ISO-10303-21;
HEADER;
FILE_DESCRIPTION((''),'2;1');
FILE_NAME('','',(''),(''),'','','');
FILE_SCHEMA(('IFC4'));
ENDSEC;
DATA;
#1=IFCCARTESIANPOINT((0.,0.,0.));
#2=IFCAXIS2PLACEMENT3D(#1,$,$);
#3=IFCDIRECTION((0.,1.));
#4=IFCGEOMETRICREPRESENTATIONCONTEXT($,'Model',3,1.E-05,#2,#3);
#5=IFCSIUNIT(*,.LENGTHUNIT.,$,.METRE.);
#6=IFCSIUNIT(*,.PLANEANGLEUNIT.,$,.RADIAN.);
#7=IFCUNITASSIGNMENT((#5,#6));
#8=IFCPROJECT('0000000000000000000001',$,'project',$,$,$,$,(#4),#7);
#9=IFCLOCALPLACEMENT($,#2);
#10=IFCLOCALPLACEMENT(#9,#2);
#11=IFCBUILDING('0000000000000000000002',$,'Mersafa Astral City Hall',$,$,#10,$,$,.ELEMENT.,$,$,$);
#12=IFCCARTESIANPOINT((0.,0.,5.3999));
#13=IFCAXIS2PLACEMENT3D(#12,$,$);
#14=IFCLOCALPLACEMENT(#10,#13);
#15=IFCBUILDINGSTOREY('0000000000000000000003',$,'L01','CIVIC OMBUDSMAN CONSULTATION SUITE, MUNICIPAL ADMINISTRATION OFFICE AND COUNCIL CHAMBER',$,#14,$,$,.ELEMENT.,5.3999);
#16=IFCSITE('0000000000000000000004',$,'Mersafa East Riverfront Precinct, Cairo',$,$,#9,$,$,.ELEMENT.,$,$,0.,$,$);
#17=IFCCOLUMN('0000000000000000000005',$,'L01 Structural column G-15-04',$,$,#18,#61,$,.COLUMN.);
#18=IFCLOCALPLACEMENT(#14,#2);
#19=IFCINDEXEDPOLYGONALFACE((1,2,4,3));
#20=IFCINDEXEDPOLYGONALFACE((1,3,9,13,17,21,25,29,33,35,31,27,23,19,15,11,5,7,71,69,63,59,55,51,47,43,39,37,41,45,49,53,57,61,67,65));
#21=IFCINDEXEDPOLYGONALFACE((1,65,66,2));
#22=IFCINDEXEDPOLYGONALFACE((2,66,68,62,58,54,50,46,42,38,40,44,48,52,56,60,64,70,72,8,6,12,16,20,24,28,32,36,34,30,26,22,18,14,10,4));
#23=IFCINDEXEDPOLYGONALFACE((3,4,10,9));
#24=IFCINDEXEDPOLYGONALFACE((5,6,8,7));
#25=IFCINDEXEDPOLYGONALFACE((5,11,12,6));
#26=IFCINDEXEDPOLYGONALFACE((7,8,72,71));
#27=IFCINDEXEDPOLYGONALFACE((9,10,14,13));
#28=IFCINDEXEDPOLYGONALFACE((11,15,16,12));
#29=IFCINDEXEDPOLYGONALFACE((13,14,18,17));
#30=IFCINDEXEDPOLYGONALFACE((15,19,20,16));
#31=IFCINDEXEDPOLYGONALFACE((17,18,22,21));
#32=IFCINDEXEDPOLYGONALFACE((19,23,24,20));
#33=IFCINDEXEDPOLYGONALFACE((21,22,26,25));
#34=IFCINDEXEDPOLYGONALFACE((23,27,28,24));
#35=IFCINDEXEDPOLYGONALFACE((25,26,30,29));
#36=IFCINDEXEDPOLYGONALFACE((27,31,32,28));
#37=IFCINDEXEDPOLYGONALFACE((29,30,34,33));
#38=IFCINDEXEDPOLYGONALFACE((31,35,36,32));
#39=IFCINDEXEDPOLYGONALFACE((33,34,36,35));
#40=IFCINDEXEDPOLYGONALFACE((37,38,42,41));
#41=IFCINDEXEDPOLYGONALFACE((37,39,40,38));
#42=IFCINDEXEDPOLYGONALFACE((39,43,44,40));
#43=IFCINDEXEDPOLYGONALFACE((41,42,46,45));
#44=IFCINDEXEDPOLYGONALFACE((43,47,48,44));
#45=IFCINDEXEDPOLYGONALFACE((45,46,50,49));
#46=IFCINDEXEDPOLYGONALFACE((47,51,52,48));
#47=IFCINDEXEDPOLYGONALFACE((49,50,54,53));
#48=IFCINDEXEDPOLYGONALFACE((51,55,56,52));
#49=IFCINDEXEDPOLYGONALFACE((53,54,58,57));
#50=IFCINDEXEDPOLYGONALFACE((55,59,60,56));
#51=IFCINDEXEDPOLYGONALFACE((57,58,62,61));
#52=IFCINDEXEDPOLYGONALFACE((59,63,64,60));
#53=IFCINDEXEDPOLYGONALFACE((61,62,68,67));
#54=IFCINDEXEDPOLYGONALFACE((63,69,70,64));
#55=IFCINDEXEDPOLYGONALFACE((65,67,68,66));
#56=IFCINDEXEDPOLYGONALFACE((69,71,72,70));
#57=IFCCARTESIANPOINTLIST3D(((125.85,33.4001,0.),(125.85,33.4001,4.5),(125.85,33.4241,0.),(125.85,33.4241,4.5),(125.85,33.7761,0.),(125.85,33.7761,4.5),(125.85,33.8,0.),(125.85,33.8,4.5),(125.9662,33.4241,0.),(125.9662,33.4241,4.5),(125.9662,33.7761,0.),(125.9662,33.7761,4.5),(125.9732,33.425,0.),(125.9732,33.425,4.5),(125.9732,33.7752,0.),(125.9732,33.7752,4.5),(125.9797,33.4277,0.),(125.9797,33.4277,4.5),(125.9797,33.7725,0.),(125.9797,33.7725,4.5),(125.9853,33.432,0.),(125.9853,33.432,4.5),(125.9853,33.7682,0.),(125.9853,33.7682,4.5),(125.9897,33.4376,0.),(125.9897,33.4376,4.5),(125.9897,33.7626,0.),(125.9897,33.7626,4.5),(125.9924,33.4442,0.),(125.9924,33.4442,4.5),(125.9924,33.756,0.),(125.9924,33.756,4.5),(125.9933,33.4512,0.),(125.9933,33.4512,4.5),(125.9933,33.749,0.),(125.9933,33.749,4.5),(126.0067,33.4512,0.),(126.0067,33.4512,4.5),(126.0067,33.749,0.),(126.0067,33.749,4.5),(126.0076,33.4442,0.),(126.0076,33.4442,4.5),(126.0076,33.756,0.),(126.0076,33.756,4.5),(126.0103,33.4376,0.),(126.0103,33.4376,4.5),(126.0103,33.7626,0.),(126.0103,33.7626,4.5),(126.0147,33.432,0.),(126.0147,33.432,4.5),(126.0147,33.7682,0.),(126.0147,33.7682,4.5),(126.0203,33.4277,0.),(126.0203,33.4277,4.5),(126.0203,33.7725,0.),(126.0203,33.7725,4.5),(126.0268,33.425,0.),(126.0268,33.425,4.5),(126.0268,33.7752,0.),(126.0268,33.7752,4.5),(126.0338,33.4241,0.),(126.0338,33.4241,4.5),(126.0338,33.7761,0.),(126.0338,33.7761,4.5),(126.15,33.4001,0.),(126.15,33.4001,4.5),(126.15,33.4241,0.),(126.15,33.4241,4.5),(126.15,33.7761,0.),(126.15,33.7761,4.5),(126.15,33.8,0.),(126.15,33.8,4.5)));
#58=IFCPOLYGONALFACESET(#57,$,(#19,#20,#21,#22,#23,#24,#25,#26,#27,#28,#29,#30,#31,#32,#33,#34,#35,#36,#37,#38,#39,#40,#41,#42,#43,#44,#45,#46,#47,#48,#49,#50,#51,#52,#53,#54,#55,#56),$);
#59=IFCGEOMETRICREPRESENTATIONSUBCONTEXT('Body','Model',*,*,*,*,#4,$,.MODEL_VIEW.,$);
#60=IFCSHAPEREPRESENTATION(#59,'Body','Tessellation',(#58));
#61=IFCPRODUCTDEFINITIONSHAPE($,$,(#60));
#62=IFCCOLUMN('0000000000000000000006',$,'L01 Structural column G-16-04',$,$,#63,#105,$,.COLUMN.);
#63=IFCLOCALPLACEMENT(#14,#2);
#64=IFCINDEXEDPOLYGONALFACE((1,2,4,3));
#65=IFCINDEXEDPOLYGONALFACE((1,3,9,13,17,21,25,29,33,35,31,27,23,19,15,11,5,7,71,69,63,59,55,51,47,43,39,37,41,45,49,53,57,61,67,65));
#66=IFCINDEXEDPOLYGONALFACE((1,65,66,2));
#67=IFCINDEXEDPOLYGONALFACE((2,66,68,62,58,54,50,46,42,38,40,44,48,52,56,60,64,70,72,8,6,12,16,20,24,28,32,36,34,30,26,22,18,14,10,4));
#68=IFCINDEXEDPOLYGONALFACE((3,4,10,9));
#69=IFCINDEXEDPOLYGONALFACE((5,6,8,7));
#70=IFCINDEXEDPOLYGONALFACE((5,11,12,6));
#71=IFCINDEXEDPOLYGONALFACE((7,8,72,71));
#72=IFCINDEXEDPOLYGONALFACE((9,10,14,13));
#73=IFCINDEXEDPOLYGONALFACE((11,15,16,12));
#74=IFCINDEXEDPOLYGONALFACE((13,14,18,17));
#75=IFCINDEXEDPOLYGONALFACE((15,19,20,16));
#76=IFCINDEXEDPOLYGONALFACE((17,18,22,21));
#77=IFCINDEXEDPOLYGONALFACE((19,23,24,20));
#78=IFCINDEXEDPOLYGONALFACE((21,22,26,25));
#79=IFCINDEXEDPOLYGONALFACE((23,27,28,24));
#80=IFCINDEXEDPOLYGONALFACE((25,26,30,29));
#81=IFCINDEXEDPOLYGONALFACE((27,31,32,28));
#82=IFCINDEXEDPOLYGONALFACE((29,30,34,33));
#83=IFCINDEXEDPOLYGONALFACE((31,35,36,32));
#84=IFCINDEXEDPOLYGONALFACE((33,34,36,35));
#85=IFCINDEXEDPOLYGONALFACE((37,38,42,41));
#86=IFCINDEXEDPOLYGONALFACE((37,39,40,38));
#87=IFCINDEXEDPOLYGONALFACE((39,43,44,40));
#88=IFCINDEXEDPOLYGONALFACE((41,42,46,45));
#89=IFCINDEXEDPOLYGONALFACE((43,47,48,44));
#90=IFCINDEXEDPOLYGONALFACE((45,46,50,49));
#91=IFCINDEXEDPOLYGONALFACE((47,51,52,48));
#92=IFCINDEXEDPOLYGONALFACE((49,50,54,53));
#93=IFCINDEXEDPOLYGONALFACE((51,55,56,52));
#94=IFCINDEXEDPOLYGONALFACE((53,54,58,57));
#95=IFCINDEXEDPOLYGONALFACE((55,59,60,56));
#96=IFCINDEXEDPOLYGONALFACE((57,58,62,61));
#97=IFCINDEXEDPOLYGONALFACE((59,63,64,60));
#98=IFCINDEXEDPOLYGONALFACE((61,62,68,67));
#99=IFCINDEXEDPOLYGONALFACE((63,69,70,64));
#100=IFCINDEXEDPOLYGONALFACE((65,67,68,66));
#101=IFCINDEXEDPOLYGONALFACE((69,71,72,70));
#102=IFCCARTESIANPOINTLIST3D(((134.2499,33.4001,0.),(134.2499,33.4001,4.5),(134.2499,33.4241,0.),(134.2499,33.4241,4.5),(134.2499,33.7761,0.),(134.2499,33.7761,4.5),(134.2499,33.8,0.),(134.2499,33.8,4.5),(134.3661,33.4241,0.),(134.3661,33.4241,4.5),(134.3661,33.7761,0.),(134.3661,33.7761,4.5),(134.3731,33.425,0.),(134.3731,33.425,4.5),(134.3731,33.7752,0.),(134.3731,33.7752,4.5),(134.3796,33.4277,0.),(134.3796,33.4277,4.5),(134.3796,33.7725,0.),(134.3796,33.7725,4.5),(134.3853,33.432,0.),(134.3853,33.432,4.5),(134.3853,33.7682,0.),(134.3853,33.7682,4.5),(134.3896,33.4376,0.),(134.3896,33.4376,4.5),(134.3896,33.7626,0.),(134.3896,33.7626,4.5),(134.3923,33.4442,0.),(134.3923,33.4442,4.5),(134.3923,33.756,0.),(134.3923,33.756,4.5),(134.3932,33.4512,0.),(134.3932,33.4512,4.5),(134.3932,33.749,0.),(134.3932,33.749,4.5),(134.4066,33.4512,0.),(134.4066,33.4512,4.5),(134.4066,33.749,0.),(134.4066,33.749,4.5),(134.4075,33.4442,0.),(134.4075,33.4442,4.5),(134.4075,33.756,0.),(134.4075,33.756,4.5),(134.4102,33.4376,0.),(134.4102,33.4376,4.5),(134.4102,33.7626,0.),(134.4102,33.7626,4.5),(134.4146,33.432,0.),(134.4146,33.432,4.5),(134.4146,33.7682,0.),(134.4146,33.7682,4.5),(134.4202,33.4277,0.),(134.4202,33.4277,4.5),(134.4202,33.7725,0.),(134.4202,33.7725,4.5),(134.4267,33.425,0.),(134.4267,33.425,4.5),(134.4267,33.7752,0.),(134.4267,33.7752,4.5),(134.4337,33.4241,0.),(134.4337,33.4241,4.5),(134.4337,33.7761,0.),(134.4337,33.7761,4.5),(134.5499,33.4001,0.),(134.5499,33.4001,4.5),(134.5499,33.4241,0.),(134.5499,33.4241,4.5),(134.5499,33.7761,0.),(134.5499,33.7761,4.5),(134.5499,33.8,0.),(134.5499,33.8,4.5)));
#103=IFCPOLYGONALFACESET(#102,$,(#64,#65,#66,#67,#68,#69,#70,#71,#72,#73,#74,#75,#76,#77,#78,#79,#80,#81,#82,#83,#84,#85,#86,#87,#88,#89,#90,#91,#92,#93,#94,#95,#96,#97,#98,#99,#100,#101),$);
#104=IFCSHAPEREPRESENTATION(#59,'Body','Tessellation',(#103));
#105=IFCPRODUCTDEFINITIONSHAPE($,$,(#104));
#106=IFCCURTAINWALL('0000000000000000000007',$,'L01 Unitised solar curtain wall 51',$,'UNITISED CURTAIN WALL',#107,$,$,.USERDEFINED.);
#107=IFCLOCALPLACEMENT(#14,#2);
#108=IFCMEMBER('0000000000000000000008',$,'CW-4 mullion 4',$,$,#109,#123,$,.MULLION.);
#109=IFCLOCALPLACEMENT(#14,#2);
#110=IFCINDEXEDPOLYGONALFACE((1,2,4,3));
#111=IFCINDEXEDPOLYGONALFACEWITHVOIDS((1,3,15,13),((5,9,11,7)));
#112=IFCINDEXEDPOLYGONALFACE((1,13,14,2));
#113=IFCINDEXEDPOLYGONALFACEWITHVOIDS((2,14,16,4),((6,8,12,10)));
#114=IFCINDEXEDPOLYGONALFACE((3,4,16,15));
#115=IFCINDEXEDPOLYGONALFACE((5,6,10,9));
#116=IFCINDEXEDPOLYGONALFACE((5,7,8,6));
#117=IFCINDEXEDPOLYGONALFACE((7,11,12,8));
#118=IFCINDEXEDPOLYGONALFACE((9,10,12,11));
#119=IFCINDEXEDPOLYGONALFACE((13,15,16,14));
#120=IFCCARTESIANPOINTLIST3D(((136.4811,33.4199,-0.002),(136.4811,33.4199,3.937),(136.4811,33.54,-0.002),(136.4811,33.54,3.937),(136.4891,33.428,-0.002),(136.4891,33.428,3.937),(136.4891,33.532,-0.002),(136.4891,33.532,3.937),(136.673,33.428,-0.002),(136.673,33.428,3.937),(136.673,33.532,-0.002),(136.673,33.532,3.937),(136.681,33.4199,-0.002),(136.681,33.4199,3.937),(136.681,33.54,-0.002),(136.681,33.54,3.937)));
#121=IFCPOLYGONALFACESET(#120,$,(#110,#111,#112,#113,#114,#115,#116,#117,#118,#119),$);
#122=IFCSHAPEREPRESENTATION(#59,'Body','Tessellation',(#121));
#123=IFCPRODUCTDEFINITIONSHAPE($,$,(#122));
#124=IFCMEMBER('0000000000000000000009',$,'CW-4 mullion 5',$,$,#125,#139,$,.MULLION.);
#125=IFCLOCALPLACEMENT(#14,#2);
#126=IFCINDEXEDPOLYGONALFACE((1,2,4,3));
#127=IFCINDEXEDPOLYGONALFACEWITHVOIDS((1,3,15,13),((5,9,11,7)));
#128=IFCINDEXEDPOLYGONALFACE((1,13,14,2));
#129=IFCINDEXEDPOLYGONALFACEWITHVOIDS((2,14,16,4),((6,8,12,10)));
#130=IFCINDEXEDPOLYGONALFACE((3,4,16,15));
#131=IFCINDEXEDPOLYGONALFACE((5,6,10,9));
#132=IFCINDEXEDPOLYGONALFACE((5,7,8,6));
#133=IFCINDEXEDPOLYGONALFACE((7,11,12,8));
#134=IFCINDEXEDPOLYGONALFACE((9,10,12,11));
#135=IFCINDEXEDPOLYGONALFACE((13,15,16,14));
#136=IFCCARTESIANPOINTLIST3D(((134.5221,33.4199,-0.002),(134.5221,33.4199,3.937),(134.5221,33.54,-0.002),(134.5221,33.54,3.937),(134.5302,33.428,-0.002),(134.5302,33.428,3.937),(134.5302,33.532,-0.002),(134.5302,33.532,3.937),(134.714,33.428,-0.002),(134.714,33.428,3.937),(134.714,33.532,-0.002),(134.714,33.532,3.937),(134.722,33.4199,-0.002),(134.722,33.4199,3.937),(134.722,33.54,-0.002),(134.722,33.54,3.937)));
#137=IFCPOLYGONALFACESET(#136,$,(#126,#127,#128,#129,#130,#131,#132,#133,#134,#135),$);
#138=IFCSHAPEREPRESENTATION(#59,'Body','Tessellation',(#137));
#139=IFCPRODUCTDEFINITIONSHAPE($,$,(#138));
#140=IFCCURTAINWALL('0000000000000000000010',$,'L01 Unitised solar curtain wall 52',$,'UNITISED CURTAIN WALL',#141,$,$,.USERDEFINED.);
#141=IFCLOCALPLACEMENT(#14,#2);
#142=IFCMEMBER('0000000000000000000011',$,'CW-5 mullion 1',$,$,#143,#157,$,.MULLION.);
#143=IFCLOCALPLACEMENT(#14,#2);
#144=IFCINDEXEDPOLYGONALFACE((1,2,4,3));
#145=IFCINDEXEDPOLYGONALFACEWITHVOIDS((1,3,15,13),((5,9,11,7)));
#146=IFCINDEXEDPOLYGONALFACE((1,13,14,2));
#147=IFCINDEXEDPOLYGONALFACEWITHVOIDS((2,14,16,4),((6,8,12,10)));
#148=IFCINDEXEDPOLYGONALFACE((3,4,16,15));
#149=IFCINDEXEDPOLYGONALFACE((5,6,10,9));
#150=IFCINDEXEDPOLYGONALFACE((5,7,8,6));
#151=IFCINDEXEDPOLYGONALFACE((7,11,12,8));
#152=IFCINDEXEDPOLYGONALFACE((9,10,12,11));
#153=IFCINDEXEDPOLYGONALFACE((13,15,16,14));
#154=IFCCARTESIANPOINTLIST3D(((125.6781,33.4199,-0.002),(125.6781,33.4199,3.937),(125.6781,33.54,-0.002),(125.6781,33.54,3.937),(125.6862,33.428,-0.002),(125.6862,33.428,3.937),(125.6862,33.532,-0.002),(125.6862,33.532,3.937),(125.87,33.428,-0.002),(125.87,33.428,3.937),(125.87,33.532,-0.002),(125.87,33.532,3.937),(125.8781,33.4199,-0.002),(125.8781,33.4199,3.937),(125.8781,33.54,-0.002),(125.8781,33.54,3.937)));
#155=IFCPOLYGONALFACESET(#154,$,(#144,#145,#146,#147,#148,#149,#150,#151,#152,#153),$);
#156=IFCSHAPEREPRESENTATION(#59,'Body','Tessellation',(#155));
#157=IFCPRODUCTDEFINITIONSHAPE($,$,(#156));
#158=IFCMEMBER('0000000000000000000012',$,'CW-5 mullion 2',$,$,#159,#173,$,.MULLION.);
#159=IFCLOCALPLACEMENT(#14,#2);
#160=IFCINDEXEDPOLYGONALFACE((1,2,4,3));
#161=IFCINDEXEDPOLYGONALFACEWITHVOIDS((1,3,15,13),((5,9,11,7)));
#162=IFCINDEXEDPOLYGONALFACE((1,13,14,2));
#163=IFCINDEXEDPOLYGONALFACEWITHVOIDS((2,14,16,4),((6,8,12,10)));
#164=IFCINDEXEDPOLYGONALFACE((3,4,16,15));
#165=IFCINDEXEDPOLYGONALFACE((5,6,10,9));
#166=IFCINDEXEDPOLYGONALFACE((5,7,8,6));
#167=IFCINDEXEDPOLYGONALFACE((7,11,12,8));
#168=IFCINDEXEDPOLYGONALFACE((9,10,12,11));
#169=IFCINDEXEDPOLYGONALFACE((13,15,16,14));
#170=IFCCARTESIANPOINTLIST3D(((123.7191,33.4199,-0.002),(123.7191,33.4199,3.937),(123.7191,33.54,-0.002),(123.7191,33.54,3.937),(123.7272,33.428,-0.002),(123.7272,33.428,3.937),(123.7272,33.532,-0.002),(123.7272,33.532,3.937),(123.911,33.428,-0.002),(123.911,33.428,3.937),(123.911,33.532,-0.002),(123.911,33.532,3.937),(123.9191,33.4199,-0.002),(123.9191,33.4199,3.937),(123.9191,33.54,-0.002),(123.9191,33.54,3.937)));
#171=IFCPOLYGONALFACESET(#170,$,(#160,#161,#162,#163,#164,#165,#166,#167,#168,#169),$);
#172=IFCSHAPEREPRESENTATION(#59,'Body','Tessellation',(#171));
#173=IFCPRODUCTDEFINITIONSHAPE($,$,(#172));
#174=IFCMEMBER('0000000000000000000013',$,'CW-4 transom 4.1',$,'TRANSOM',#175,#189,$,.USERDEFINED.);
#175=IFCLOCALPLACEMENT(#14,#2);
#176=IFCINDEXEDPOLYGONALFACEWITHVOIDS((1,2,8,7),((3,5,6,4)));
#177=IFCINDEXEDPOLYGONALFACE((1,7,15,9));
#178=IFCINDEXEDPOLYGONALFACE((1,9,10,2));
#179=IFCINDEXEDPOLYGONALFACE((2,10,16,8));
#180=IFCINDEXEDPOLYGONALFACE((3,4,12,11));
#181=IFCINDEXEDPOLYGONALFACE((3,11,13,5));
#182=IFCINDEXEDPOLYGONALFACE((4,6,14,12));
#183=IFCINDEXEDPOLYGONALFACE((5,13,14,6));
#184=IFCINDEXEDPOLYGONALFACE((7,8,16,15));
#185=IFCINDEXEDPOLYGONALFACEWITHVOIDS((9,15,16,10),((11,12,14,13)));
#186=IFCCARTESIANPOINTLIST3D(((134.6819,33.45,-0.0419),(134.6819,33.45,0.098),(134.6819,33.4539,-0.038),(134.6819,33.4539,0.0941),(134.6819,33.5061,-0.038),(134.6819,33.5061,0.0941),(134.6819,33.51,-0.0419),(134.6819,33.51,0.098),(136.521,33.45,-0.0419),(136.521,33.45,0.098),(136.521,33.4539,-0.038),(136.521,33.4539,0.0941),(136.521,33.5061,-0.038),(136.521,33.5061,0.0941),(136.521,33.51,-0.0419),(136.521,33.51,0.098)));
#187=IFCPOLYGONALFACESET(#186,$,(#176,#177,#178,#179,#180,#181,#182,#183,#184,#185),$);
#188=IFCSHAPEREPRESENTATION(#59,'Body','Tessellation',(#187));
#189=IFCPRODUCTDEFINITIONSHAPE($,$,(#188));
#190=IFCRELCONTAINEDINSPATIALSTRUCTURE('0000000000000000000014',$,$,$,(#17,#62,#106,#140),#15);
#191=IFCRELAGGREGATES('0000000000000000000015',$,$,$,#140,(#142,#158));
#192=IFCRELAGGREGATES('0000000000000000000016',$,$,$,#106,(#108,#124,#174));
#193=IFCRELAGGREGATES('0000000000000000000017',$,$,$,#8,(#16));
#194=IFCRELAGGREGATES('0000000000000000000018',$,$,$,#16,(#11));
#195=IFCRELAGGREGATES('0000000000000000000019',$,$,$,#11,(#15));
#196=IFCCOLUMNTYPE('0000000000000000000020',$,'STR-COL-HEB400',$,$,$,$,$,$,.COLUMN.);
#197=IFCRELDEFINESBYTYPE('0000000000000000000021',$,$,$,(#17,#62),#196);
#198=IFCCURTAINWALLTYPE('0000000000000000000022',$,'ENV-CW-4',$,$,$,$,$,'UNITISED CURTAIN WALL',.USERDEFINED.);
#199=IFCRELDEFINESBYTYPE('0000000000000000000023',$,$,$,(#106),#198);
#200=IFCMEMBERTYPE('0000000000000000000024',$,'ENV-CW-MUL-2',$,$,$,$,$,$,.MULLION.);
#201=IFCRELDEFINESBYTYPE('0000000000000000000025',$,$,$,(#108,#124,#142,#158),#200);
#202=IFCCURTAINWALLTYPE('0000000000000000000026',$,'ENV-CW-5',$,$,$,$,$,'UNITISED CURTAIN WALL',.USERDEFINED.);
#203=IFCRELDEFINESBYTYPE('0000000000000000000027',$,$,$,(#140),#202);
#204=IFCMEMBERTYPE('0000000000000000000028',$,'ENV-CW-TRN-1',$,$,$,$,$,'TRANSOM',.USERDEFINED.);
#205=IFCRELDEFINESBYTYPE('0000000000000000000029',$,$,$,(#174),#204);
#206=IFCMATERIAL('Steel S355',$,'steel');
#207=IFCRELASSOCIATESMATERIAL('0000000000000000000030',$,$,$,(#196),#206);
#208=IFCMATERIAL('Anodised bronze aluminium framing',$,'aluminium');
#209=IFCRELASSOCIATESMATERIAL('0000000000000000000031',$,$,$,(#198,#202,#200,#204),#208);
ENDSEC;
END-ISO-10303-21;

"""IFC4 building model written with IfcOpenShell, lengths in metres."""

from ifc_helpers import new_model, si_unit, direction, frame, origin, origin_2d, place, context, subcontext, project, spatial, hollow_rectangle, i_section, extrude, material, material_profile, profile_set, type_object, element, aggregate, save


model = new_model("IFC4")

# Units and contexts
model_context = context("Model", 3, precision=1e-05, world=origin(), true_north=direction((0.0, 1.0)))
body_context = subcontext(model_context, "Body", "Model", "MODEL_VIEW")
ifc_project = project(units=[si_unit("LENGTHUNIT", "METRE"), si_unit("PLANEANGLEUNIT", "RADIAN")], contexts=[model_context])

# Site, building, storey
site_placement = place(None, origin())
site = spatial("IfcSite", under=ifc_project, at=site_placement, Name="Mersafa East Riverfront Precinct, Cairo", CompositionType="ELEMENT", RefElevation=0.0)
building_placement = place(site_placement, origin())
building = spatial("IfcBuilding", under=site, at=building_placement, Name="Mersafa Astral City Hall", CompositionType="ELEMENT")
storey_placement = place(building_placement, frame((0.0, 0.0, 5.3999)))
storey = spatial("IfcBuildingStorey", under=building, at=storey_placement, Name="L01", Description="CIVIC OMBUDSMAN CONSULTATION SUITE, MUNICIPAL ADMINISTRATION OFFICE AND COUNCIL CHAMBER", CompositionType="ELEMENT", Elevation=5.3999)

# Columns
ifc_material_1 = material(Name="Steel S355", Category="steel")
ifc_material_profile_1 = material_profile(ifc_material_1, i_section(OverallWidth=0.3, OverallDepth=0.3999, WebThickness=0.0134, FlangeThickness=0.0239, FilletRadius=0.0271, at=origin_2d()), Name="HEB 400")
ifc_profile_set_1 = profile_set([ifc_material_profile_1], Name="Steel S355")
column_type = type_object("IfcColumnType", Name="STR-COL-HEB400", PredefinedType="COLUMN", material=ifc_profile_set_1)
for number, where, z_axis, x_axis, name in (
    (1, (126.0, 33.6001, 0.0), (0.0, 0.0, 1.0), (1.0, 0.0, 0.0), "L01 Structural column G-15-04"),
    (2, (134.3999, 33.6001, 0.0), (0.0, 0.0, 1.0), (1.0, 0.0, 0.0), "L01 Structural column G-16-04"),
):
    element("IfcColumn", number, at=place(storey_placement, frame(where, z_axis=z_axis, x_axis=x_axis)), inside=storey, type_object=column_type, Name=name, PredefinedType="COLUMN", context=body_context, shape_type="SweptSolid", body=[
        extrude(i_section(OverallWidth=0.3, OverallDepth=0.3999, WebThickness=0.0134, FlangeThickness=0.0239, FilletRadius=0.0271, at=origin_2d()), origin(), (0.0, 0.0, 1.0), 4.5),
    ])

# Curtain walls, members
ifc_material_2 = material(Name="Anodised bronze aluminium framing", Category="aluminium")
curtain_wall_type_1 = type_object("IfcCurtainWallType", Name="ENV-CW-4", ElementType="UNITISED CURTAIN WALL", PredefinedType="USERDEFINED", material=ifc_material_2)
curtain_wall_1_placement = place(storey_placement, origin())
curtain_wall_1 = element("IfcCurtainWall", 3, at=curtain_wall_1_placement, inside=storey, type_object=curtain_wall_type_1, Name="L01 Unitised solar curtain wall 51", ObjectType="UNITISED CURTAIN WALL", PredefinedType="USERDEFINED")
ifc_material_profile_2 = material_profile(ifc_material_2, hollow_rectangle(XDim=0.1201, YDim=0.2, WallThickness=0.0081, at=origin_2d()), Name="RHS 120x200x8")
ifc_profile_set_2 = profile_set([ifc_material_profile_2], Name="Anodised bronze aluminium framing")
member_type_1 = type_object("IfcMemberType", Name="ENV-CW-MUL-2", PredefinedType="MULLION", material=ifc_profile_set_2)
member_1_placement = place(storey_placement, frame((136.5811, 33.48, -0.002), z_axis=(0.0, 0.0, 1.0), x_axis=(0.0, -1.0, 0.0)))
member_1 = element("IfcMember", 4, at=member_1_placement, type_object=member_type_1, Name="CW-4 mullion 4", PredefinedType="MULLION", context=body_context, shape_type="SweptSolid", body=[
    extrude(hollow_rectangle(XDim=0.1201, YDim=0.2, WallThickness=0.0081, at=origin_2d()), origin(), (0.0, 0.0, 1.0), 3.939),
])
member_2_placement = place(storey_placement, frame((134.6221, 33.48, -0.002), z_axis=(0.0, 0.0, 1.0), x_axis=(0.0, -1.0, 0.0)))
member_2 = element("IfcMember", 5, at=member_2_placement, type_object=member_type_1, Name="CW-4 mullion 5", PredefinedType="MULLION", context=body_context, shape_type="SweptSolid", body=[
    extrude(hollow_rectangle(XDim=0.1201, YDim=0.2, WallThickness=0.0081, at=origin_2d()), origin(), (0.0, 0.0, 1.0), 3.939),
])
curtain_wall_type_2 = type_object("IfcCurtainWallType", Name="ENV-CW-5", ElementType="UNITISED CURTAIN WALL", PredefinedType="USERDEFINED", material=ifc_material_2)
curtain_wall_2_placement = place(storey_placement, origin())
curtain_wall_2 = element("IfcCurtainWall", 6, at=curtain_wall_2_placement, inside=storey, type_object=curtain_wall_type_2, Name="L01 Unitised solar curtain wall 52", ObjectType="UNITISED CURTAIN WALL", PredefinedType="USERDEFINED")
member_3_placement = place(storey_placement, frame((125.7781, 33.48, -0.002), z_axis=(0.0, 0.0, 1.0), x_axis=(0.0, -1.0, 0.0)))
member_3 = element("IfcMember", 7, at=member_3_placement, type_object=member_type_1, Name="CW-5 mullion 1", PredefinedType="MULLION", context=body_context, shape_type="SweptSolid", body=[
    extrude(hollow_rectangle(XDim=0.1201, YDim=0.2, WallThickness=0.0081, at=origin_2d()), origin(), (0.0, 0.0, 1.0), 3.939),
])
member_4_placement = place(storey_placement, frame((123.8191, 33.48, -0.002), z_axis=(0.0, 0.0, 1.0), x_axis=(0.0, -1.0, 0.0)))
member_4 = element("IfcMember", 8, at=member_4_placement, type_object=member_type_1, Name="CW-5 mullion 2", PredefinedType="MULLION", context=body_context, shape_type="SweptSolid", body=[
    extrude(hollow_rectangle(XDim=0.1201, YDim=0.2, WallThickness=0.0081, at=origin_2d()), origin(), (0.0, 0.0, 1.0), 3.939),
])

# Member
ifc_material_profile_3 = material_profile(ifc_material_2, hollow_rectangle(XDim=0.0601, YDim=0.1399, WallThickness=0.0039, at=origin_2d()), Name="RHS 60x140x4")
ifc_profile_set_3 = profile_set([ifc_material_profile_3], Name="Anodised bronze aluminium framing")
member_type_2 = type_object("IfcMemberType", Name="ENV-CW-TRN-1", ElementType="TRANSOM", PredefinedType="USERDEFINED", material=ifc_profile_set_3)
member_5_placement = place(storey_placement, frame((136.521, 33.48, 0.0281), z_axis=(-1.0, 0.0, 0.0), x_axis=(0.0, -1.0, 0.0)))
member_5 = element("IfcMember", 9, at=member_5_placement, type_object=member_type_2, Name="CW-4 transom 4.1", ObjectType="TRANSOM", PredefinedType="USERDEFINED", context=body_context, shape_type="SweptSolid", body=[
    extrude(hollow_rectangle(XDim=0.0601, YDim=0.1399, WallThickness=0.0039, at=origin_2d()), origin(), (0.0, 0.0, 1.0), 1.8391),
])

aggregate(curtain_wall_2, [member_3, member_4])
aggregate(curtain_wall_1, [member_1, member_2, member_5])

save(model, "model.ifc")
